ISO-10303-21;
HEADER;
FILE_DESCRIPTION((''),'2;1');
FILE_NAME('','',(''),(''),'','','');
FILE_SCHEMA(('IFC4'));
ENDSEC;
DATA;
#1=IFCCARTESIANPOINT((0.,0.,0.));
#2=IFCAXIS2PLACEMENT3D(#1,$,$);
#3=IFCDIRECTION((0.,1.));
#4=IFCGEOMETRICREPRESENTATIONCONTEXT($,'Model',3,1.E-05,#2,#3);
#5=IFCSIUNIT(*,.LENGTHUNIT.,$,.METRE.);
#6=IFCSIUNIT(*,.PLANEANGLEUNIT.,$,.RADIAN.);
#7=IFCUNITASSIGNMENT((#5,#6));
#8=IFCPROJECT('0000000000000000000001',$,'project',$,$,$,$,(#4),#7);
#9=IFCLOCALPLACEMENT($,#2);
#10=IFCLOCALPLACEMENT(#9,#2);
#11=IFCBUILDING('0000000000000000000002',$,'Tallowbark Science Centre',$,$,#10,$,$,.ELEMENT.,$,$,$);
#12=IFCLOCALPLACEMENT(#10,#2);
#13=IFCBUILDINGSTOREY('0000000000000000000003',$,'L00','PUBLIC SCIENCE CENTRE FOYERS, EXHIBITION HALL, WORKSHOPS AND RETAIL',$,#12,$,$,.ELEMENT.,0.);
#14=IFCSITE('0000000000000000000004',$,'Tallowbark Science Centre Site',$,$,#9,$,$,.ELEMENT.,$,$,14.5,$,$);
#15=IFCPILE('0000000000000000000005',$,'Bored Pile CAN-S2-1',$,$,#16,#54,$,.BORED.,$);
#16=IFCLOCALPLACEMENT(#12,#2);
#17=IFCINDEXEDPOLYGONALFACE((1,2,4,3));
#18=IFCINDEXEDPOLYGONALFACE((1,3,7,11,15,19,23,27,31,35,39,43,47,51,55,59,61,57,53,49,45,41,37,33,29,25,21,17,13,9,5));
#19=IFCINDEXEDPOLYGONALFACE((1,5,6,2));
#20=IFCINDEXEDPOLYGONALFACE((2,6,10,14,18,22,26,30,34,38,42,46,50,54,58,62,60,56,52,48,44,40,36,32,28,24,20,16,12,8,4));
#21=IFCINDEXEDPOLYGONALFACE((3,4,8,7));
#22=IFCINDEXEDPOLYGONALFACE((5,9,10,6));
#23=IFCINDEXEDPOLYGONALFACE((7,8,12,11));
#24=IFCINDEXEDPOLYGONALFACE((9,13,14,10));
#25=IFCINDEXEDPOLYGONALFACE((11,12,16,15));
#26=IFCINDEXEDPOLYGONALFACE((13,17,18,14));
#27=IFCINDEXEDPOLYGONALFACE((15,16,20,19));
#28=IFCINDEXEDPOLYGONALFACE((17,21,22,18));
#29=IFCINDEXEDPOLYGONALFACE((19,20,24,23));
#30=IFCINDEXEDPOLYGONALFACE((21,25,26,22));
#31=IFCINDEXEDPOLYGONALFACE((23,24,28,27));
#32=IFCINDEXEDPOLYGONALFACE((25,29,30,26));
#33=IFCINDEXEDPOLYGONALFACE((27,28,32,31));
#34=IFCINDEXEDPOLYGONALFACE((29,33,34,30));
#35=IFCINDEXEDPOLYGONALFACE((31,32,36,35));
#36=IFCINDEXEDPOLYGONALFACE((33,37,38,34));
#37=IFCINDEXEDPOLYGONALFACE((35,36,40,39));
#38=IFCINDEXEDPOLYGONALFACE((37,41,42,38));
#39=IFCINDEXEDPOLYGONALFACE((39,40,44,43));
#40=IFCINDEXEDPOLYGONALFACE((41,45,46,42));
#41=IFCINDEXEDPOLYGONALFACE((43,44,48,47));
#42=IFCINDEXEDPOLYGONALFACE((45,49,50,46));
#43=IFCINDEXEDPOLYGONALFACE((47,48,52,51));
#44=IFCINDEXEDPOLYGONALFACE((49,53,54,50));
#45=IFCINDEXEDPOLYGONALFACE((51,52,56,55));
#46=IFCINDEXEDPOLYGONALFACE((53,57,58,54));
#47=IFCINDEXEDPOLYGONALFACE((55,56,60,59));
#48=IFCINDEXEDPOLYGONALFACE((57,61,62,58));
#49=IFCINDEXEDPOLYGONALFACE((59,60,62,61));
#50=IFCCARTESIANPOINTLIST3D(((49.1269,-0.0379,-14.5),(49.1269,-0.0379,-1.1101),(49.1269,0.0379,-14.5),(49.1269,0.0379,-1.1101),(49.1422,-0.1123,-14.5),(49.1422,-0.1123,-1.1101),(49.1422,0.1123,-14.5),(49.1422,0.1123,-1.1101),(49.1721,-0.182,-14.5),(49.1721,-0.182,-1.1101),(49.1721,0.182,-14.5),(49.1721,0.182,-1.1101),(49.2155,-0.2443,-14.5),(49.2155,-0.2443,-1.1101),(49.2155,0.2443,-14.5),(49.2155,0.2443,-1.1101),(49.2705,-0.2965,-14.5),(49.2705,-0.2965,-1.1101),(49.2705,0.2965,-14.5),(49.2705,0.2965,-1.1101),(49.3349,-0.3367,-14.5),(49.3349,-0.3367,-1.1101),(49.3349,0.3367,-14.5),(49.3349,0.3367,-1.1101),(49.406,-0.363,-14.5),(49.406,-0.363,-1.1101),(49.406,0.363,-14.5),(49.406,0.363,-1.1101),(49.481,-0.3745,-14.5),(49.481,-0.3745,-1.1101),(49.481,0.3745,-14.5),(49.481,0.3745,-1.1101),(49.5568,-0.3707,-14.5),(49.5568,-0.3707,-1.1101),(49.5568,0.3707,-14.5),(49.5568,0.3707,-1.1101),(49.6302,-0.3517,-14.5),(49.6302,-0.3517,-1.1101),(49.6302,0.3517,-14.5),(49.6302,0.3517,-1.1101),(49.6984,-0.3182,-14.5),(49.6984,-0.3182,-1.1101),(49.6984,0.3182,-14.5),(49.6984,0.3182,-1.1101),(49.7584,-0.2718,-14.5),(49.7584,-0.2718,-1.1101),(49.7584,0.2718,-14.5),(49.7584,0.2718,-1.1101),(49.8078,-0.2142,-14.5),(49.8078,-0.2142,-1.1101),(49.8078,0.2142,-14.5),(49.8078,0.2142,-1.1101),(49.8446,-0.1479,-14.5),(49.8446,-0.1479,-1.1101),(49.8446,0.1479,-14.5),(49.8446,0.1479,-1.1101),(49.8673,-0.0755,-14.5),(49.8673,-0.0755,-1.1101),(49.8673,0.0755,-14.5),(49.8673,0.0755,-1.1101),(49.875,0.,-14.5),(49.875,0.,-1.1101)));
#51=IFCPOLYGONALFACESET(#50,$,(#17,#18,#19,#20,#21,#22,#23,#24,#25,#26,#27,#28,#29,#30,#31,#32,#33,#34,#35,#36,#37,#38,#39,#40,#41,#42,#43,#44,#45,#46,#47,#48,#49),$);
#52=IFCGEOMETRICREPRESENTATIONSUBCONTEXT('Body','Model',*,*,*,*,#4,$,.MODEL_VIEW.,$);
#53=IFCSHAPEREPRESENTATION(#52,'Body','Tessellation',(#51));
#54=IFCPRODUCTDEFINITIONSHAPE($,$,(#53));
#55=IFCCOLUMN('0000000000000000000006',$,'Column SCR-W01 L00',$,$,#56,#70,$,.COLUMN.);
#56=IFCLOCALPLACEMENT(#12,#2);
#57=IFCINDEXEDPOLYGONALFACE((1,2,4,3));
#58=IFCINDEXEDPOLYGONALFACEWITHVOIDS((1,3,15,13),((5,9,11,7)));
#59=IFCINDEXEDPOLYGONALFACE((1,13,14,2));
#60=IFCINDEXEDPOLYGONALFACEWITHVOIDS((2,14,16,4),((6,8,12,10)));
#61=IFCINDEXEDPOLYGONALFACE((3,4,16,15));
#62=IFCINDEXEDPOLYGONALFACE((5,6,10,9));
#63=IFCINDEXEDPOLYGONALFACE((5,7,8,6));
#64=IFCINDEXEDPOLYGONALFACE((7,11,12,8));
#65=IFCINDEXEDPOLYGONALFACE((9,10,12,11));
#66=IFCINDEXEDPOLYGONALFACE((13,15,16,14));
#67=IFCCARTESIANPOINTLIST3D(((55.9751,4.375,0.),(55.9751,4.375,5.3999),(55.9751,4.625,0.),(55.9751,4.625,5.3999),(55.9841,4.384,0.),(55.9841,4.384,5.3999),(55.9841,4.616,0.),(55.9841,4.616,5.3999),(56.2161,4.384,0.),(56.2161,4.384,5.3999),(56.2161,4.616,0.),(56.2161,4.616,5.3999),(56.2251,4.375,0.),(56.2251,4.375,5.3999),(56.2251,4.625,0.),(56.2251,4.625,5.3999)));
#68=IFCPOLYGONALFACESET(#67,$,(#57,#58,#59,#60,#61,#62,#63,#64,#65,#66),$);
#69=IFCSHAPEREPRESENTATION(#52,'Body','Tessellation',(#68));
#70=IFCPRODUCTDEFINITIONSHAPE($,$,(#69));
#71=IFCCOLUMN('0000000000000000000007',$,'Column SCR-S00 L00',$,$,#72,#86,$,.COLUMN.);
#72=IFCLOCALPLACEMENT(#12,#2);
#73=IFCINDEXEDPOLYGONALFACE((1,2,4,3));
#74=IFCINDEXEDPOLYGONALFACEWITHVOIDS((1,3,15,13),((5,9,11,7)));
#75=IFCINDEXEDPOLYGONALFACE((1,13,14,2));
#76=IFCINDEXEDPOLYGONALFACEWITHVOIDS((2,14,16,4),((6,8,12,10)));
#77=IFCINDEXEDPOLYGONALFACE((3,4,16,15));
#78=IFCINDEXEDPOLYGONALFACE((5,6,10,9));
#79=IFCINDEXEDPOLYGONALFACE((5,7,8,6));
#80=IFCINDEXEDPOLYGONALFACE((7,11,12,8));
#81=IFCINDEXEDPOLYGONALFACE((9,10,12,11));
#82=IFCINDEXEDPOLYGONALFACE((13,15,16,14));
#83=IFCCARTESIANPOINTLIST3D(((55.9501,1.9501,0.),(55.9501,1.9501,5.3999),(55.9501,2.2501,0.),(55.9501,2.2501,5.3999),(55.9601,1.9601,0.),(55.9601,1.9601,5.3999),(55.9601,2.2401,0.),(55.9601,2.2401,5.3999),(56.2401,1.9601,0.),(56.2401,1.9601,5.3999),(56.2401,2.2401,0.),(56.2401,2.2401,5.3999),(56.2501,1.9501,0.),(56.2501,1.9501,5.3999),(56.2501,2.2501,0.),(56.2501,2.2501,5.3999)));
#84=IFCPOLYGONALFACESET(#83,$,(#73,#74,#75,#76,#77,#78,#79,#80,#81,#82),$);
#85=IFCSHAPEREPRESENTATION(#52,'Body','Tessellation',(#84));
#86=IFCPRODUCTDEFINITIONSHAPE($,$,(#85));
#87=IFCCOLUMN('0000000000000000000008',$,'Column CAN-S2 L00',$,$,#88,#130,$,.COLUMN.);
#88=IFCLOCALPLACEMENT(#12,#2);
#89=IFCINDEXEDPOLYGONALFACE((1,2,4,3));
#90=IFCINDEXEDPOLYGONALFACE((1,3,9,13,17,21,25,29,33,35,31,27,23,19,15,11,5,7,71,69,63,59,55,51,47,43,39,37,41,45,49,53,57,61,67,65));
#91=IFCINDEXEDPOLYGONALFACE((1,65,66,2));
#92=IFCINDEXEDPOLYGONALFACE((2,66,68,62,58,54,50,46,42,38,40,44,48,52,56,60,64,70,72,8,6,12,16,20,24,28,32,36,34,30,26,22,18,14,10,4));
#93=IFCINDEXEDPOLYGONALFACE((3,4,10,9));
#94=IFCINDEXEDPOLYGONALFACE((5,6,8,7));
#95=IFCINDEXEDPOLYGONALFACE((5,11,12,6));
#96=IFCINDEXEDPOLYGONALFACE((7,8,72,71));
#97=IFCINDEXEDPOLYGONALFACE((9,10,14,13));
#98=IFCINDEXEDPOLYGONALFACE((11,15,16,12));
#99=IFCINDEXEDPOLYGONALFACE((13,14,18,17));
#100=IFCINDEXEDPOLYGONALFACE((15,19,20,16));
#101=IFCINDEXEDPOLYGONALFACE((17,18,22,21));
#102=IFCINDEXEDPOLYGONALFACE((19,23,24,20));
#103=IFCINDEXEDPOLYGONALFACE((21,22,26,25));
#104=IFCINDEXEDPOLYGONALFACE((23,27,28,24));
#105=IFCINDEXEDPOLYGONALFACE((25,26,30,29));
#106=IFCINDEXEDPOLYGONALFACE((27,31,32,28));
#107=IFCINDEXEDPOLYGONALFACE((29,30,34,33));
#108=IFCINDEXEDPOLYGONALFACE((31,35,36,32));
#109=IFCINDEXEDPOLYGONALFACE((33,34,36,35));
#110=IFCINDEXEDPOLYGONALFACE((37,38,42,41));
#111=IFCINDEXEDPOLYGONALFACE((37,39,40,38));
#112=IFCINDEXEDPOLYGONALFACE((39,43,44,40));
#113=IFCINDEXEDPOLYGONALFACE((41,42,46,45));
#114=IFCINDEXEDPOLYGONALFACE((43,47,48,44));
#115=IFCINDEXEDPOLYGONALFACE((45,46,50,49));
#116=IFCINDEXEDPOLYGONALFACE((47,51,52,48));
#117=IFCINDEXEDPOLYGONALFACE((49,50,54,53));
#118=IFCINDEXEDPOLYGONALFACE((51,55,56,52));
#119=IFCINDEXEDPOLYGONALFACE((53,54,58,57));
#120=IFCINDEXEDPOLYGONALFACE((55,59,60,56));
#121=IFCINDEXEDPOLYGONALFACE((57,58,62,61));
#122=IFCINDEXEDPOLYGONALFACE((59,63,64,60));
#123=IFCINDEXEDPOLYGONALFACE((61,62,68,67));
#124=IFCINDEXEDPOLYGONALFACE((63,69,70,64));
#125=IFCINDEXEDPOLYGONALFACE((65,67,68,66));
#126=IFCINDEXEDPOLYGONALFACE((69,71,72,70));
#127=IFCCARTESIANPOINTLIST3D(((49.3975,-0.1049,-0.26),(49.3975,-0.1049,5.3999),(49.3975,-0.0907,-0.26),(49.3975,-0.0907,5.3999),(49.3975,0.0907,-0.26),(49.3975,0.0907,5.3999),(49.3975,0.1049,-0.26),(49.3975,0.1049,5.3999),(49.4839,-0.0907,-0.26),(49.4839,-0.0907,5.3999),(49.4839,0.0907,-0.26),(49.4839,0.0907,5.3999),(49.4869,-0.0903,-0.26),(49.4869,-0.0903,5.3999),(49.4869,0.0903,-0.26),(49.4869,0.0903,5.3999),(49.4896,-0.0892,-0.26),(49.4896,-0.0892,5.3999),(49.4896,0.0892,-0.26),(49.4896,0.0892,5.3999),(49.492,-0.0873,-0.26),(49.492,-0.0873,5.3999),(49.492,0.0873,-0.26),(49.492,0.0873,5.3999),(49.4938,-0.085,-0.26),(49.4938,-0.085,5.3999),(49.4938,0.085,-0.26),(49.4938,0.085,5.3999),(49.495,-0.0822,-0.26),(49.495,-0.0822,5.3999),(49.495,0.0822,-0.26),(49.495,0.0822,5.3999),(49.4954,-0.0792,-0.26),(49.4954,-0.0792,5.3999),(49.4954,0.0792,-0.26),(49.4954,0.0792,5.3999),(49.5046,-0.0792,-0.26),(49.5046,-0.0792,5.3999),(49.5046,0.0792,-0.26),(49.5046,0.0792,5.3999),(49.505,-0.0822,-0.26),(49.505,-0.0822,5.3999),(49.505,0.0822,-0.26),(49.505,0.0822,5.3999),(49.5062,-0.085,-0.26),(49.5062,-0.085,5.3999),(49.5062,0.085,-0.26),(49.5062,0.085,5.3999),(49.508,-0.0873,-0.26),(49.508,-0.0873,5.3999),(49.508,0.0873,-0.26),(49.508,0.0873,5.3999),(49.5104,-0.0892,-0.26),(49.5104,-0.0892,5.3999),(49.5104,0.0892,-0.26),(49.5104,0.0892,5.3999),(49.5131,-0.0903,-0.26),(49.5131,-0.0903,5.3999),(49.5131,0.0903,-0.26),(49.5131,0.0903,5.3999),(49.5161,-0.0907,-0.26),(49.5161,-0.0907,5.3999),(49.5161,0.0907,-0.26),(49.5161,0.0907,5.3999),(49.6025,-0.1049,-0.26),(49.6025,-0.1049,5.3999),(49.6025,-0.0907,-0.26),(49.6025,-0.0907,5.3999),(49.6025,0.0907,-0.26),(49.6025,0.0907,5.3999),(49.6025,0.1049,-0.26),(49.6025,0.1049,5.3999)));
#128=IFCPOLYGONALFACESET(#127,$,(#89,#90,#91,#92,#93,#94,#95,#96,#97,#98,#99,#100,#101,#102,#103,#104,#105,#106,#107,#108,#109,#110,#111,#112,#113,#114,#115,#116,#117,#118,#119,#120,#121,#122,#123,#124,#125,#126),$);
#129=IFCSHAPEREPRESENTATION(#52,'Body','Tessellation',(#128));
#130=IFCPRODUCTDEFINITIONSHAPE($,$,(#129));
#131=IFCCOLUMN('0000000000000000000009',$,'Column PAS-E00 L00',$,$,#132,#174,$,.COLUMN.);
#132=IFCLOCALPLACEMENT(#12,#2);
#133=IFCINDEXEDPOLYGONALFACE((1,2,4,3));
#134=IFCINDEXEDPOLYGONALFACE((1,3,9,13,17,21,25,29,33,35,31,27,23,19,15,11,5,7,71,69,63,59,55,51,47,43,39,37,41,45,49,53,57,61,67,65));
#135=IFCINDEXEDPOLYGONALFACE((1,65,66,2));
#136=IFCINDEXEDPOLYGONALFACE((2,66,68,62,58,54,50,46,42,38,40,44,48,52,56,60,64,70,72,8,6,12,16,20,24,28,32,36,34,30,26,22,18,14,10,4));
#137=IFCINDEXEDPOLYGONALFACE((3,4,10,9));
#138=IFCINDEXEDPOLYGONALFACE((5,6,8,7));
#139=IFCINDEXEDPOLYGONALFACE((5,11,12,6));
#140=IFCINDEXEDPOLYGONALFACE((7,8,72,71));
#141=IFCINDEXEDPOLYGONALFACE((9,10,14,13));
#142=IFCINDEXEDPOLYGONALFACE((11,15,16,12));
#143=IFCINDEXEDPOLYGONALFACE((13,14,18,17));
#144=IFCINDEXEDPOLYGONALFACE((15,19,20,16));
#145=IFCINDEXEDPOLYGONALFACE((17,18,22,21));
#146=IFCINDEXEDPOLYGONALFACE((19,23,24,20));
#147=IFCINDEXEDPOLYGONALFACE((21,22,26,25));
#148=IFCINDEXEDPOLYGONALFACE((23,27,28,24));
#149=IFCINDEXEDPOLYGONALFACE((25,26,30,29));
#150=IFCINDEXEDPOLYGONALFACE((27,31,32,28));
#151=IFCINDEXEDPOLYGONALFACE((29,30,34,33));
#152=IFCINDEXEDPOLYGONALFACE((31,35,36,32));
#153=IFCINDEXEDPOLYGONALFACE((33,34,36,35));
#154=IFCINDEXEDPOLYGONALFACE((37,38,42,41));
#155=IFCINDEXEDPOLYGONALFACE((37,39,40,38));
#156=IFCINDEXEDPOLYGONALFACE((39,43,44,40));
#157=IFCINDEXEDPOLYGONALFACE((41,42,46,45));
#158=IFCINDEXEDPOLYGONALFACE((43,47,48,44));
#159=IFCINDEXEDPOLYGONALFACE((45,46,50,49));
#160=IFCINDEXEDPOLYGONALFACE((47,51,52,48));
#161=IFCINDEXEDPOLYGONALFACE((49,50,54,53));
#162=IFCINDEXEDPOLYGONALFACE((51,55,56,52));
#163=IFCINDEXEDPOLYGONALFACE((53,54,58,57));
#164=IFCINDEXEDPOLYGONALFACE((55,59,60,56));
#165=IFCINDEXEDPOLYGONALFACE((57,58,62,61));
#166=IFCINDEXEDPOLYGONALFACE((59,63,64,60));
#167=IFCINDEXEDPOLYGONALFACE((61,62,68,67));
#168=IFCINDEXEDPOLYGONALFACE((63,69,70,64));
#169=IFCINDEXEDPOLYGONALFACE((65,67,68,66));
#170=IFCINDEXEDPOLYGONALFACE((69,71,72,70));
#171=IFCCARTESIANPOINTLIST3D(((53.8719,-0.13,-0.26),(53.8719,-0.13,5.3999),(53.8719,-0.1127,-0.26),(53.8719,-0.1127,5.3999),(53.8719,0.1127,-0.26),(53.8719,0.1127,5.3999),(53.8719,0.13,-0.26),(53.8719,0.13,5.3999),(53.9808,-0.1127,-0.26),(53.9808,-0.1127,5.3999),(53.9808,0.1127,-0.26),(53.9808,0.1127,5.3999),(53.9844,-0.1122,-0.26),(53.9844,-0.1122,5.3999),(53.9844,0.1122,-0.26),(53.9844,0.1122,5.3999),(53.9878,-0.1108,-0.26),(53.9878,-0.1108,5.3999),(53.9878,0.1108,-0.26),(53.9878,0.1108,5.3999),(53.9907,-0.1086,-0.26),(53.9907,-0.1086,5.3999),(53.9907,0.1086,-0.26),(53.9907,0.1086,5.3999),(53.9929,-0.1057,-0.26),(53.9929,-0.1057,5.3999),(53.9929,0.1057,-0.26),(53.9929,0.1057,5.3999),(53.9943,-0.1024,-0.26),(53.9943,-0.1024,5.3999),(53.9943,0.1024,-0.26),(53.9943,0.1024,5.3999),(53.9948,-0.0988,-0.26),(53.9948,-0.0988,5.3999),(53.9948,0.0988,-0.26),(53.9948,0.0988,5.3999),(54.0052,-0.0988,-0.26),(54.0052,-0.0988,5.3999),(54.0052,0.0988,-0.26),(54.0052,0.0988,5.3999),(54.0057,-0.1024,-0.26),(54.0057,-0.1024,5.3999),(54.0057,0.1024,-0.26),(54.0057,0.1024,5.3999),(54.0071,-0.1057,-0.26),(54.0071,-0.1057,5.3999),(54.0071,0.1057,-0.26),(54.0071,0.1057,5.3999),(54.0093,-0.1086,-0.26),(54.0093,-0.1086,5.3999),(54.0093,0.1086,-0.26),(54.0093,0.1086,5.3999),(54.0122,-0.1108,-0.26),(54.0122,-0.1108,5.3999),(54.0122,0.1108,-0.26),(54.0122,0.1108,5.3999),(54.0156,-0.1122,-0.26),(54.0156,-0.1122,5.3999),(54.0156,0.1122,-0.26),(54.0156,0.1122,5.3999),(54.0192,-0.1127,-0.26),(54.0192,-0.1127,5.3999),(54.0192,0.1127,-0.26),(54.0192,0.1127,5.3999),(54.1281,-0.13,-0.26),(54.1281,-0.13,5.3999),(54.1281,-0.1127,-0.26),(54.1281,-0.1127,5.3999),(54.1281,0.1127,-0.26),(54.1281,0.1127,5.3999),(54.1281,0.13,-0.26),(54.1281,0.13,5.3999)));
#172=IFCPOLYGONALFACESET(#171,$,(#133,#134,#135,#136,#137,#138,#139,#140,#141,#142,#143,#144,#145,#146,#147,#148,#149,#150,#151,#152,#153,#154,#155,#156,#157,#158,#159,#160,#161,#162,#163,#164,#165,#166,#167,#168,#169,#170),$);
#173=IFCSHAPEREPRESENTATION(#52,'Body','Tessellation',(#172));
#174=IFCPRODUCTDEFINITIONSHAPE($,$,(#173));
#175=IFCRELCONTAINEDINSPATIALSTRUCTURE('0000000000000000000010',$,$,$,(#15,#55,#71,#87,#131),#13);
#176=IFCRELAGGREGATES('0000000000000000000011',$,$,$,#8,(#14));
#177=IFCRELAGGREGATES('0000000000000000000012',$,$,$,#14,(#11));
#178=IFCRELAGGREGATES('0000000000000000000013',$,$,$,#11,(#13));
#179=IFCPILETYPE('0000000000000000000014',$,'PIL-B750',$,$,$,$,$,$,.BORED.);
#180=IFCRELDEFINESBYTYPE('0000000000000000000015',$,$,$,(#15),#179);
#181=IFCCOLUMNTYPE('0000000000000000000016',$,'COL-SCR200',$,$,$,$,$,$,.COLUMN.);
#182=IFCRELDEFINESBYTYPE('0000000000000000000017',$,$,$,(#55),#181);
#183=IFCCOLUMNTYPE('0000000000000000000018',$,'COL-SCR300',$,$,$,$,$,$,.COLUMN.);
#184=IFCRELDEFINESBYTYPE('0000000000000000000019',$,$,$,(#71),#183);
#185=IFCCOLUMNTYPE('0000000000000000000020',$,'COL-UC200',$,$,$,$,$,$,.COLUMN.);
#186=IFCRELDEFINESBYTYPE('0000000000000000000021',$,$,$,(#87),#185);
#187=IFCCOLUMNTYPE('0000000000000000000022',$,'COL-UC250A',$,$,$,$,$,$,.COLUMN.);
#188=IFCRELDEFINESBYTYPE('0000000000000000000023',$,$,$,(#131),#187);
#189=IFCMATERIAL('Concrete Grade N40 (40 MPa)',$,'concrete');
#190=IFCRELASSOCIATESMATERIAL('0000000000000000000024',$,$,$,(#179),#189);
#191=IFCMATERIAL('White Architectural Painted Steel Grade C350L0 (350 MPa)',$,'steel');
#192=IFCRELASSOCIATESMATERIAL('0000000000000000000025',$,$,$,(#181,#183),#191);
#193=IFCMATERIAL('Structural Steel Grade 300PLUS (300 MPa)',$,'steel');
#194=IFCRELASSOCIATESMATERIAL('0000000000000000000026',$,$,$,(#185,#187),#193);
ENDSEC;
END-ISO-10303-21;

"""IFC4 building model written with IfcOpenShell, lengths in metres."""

from ifc_helpers import new_model, si_unit, direction, frame, origin, origin_2d, place, context, subcontext, project, spatial, hollow_rectangle, circle, i_section, extrude, material, material_profile, profile_set, type_object, element, save


model = new_model("IFC4")

# Units and contexts
model_context = context("Model", 3, precision=1e-05, world=origin(), true_north=direction((0.0, 1.0)))
body_context = subcontext(model_context, "Body", "Model", "MODEL_VIEW")
ifc_project = project(units=[si_unit("LENGTHUNIT", "METRE"), si_unit("PLANEANGLEUNIT", "RADIAN")], contexts=[model_context])

# Site, building, storey
site_placement = place(None, origin())
site = spatial("IfcSite", under=ifc_project, at=site_placement, Name="Tallowbark Science Centre Site", CompositionType="ELEMENT", RefElevation=14.5)
building_placement = place(site_placement, origin())
building = spatial("IfcBuilding", under=site, at=building_placement, Name="Tallowbark Science Centre", CompositionType="ELEMENT")
storey_placement = place(building_placement, origin())
storey = spatial("IfcBuildingStorey", under=building, at=storey_placement, Name="L00", Description="PUBLIC SCIENCE CENTRE FOYERS, EXHIBITION HALL, WORKSHOPS AND RETAIL", CompositionType="ELEMENT", Elevation=0.0)

# Shared definitions
ifc_material_1 = material(Name="Concrete Grade N40 (40 MPa)", Category="concrete")

# Pile
ifc_material_profile_1 = material_profile(ifc_material_1, circle(Radius=0.375, at=origin_2d()), Name="PILE750")
ifc_profile_set_1 = profile_set([ifc_material_profile_1], Name="Concrete Grade N40 (40 MPa)")
pile_type = type_object("IfcPileType", Name="PIL-B750", PredefinedType="BORED", material=ifc_profile_set_1)
pile_1_placement = place(storey_placement, frame((49.5, 0.0, -1.1101), z_axis=(0.0, 0.0, -1.0), x_axis=(1.0, 0.0, 0.0)))
element("IfcPile", 1, at=pile_1_placement, inside=storey, type_object=pile_type, Name="Bored Pile CAN-S2-1", PredefinedType="BORED", context=body_context, shape_type="SweptSolid", body=[
    extrude(circle(Radius=0.375, at=origin_2d()), origin(), (0.0, 0.0, 1.0), 13.3899),
])

# Columns
ifc_material_2 = material(Name="White Architectural Painted Steel Grade C350L0 (350 MPa)", Category="steel")
ifc_material_profile_2 = material_profile(ifc_material_2, hollow_rectangle(XDim=0.25, YDim=0.25, WallThickness=0.009, at=origin_2d()), Name="250x250x9.0SHS")
ifc_profile_set_2 = profile_set([ifc_material_profile_2], Name="White Architectural Painted Steel Grade C350L0 (350 MPa)")
column_type_1 = type_object("IfcColumnType", Name="COL-SCR200", PredefinedType="COLUMN", material=ifc_profile_set_2)
column_1_placement = place(storey_placement, frame((56.1001, 4.5, 0.0), z_axis=(0.0, 0.0, 1.0), x_axis=(1.0, 0.0, 0.0)))
element("IfcColumn", 2, at=column_1_placement, inside=storey, type_object=column_type_1, Name="Column SCR-W01 L00", PredefinedType="COLUMN", context=body_context, shape_type="SweptSolid", body=[
    extrude(hollow_rectangle(XDim=0.25, YDim=0.25, WallThickness=0.009, at=origin_2d()), origin(), (0.0, 0.0, 1.0), 5.3999),
])
ifc_material_profile_3 = material_profile(ifc_material_2, hollow_rectangle(XDim=0.3, YDim=0.3, WallThickness=0.01, at=origin_2d()), Name="300x300x10.0SHS")
ifc_profile_set_3 = profile_set([ifc_material_profile_3], Name="White Architectural Painted Steel Grade C350L0 (350 MPa)")
column_type_2 = type_object("IfcColumnType", Name="COL-SCR300", PredefinedType="COLUMN", material=ifc_profile_set_3)
column_2_placement = place(storey_placement, frame((56.1001, 2.1001, 0.0), z_axis=(0.0, 0.0, 1.0), x_axis=(1.0, 0.0, 0.0)))
element("IfcColumn", 3, at=column_2_placement, inside=storey, type_object=column_type_2, Name="Column SCR-S00 L00", PredefinedType="COLUMN", context=body_context, shape_type="SweptSolid", body=[
    extrude(hollow_rectangle(XDim=0.3, YDim=0.3, WallThickness=0.01, at=origin_2d()), origin(), (0.0, 0.0, 1.0), 5.3999),
])
ifc_material_3 = material(Name="Structural Steel Grade 300PLUS (300 MPa)", Category="steel")
ifc_material_profile_4 = material_profile(ifc_material_3, i_section(OverallWidth=0.2051, OverallDepth=0.2097, WebThickness=0.0093, FlangeThickness=0.0142, FilletRadius=0.0115, at=origin_2d()), Name="200UC59.5")
ifc_profile_set_4 = profile_set([ifc_material_profile_4], Name="Structural Steel Grade 300PLUS (300 MPa)")
column_type_3 = type_object("IfcColumnType", Name="COL-UC200", PredefinedType="COLUMN", material=ifc_profile_set_4)
column_3_placement = place(storey_placement, frame((49.5, 0.0, -0.26), z_axis=(0.0, 0.0, 1.0), x_axis=(1.0, 0.0, 0.0)))
element("IfcColumn", 4, at=column_3_placement, inside=storey, type_object=column_type_3, Name="Column CAN-S2 L00", PredefinedType="COLUMN", context=body_context, shape_type="SweptSolid", body=[
    extrude(i_section(OverallWidth=0.2051, OverallDepth=0.2097, WebThickness=0.0093, FlangeThickness=0.0142, FilletRadius=0.0115, at=origin_2d()), origin(), (0.0, 0.0, 1.0), 5.6599),
])
ifc_material_profile_5 = material_profile(ifc_material_3, i_section(OverallWidth=0.2561, OverallDepth=0.26, WebThickness=0.0105, FlangeThickness=0.0173, FilletRadius=0.0139, at=origin_2d()), Name="250UC89.5")
ifc_profile_set_5 = profile_set([ifc_material_profile_5], Name="Structural Steel Grade 300PLUS (300 MPa)")
column_type_4 = type_object("IfcColumnType", Name="COL-UC250A", PredefinedType="COLUMN", material=ifc_profile_set_5)
column_4_placement = place(storey_placement, frame((54.0, 0.0, -0.26), z_axis=(0.0, 0.0, 1.0), x_axis=(1.0, 0.0, 0.0)))
element("IfcColumn", 5, at=column_4_placement, inside=storey, type_object=column_type_4, Name="Column PAS-E00 L00", PredefinedType="COLUMN", context=body_context, shape_type="SweptSolid", body=[
    extrude(i_section(OverallWidth=0.2561, OverallDepth=0.26, WebThickness=0.0105, FlangeThickness=0.0173, FilletRadius=0.0139, at=origin_2d()), origin(), (0.0, 0.0, 1.0), 5.6599),
])

save(model, "model.ifc")
